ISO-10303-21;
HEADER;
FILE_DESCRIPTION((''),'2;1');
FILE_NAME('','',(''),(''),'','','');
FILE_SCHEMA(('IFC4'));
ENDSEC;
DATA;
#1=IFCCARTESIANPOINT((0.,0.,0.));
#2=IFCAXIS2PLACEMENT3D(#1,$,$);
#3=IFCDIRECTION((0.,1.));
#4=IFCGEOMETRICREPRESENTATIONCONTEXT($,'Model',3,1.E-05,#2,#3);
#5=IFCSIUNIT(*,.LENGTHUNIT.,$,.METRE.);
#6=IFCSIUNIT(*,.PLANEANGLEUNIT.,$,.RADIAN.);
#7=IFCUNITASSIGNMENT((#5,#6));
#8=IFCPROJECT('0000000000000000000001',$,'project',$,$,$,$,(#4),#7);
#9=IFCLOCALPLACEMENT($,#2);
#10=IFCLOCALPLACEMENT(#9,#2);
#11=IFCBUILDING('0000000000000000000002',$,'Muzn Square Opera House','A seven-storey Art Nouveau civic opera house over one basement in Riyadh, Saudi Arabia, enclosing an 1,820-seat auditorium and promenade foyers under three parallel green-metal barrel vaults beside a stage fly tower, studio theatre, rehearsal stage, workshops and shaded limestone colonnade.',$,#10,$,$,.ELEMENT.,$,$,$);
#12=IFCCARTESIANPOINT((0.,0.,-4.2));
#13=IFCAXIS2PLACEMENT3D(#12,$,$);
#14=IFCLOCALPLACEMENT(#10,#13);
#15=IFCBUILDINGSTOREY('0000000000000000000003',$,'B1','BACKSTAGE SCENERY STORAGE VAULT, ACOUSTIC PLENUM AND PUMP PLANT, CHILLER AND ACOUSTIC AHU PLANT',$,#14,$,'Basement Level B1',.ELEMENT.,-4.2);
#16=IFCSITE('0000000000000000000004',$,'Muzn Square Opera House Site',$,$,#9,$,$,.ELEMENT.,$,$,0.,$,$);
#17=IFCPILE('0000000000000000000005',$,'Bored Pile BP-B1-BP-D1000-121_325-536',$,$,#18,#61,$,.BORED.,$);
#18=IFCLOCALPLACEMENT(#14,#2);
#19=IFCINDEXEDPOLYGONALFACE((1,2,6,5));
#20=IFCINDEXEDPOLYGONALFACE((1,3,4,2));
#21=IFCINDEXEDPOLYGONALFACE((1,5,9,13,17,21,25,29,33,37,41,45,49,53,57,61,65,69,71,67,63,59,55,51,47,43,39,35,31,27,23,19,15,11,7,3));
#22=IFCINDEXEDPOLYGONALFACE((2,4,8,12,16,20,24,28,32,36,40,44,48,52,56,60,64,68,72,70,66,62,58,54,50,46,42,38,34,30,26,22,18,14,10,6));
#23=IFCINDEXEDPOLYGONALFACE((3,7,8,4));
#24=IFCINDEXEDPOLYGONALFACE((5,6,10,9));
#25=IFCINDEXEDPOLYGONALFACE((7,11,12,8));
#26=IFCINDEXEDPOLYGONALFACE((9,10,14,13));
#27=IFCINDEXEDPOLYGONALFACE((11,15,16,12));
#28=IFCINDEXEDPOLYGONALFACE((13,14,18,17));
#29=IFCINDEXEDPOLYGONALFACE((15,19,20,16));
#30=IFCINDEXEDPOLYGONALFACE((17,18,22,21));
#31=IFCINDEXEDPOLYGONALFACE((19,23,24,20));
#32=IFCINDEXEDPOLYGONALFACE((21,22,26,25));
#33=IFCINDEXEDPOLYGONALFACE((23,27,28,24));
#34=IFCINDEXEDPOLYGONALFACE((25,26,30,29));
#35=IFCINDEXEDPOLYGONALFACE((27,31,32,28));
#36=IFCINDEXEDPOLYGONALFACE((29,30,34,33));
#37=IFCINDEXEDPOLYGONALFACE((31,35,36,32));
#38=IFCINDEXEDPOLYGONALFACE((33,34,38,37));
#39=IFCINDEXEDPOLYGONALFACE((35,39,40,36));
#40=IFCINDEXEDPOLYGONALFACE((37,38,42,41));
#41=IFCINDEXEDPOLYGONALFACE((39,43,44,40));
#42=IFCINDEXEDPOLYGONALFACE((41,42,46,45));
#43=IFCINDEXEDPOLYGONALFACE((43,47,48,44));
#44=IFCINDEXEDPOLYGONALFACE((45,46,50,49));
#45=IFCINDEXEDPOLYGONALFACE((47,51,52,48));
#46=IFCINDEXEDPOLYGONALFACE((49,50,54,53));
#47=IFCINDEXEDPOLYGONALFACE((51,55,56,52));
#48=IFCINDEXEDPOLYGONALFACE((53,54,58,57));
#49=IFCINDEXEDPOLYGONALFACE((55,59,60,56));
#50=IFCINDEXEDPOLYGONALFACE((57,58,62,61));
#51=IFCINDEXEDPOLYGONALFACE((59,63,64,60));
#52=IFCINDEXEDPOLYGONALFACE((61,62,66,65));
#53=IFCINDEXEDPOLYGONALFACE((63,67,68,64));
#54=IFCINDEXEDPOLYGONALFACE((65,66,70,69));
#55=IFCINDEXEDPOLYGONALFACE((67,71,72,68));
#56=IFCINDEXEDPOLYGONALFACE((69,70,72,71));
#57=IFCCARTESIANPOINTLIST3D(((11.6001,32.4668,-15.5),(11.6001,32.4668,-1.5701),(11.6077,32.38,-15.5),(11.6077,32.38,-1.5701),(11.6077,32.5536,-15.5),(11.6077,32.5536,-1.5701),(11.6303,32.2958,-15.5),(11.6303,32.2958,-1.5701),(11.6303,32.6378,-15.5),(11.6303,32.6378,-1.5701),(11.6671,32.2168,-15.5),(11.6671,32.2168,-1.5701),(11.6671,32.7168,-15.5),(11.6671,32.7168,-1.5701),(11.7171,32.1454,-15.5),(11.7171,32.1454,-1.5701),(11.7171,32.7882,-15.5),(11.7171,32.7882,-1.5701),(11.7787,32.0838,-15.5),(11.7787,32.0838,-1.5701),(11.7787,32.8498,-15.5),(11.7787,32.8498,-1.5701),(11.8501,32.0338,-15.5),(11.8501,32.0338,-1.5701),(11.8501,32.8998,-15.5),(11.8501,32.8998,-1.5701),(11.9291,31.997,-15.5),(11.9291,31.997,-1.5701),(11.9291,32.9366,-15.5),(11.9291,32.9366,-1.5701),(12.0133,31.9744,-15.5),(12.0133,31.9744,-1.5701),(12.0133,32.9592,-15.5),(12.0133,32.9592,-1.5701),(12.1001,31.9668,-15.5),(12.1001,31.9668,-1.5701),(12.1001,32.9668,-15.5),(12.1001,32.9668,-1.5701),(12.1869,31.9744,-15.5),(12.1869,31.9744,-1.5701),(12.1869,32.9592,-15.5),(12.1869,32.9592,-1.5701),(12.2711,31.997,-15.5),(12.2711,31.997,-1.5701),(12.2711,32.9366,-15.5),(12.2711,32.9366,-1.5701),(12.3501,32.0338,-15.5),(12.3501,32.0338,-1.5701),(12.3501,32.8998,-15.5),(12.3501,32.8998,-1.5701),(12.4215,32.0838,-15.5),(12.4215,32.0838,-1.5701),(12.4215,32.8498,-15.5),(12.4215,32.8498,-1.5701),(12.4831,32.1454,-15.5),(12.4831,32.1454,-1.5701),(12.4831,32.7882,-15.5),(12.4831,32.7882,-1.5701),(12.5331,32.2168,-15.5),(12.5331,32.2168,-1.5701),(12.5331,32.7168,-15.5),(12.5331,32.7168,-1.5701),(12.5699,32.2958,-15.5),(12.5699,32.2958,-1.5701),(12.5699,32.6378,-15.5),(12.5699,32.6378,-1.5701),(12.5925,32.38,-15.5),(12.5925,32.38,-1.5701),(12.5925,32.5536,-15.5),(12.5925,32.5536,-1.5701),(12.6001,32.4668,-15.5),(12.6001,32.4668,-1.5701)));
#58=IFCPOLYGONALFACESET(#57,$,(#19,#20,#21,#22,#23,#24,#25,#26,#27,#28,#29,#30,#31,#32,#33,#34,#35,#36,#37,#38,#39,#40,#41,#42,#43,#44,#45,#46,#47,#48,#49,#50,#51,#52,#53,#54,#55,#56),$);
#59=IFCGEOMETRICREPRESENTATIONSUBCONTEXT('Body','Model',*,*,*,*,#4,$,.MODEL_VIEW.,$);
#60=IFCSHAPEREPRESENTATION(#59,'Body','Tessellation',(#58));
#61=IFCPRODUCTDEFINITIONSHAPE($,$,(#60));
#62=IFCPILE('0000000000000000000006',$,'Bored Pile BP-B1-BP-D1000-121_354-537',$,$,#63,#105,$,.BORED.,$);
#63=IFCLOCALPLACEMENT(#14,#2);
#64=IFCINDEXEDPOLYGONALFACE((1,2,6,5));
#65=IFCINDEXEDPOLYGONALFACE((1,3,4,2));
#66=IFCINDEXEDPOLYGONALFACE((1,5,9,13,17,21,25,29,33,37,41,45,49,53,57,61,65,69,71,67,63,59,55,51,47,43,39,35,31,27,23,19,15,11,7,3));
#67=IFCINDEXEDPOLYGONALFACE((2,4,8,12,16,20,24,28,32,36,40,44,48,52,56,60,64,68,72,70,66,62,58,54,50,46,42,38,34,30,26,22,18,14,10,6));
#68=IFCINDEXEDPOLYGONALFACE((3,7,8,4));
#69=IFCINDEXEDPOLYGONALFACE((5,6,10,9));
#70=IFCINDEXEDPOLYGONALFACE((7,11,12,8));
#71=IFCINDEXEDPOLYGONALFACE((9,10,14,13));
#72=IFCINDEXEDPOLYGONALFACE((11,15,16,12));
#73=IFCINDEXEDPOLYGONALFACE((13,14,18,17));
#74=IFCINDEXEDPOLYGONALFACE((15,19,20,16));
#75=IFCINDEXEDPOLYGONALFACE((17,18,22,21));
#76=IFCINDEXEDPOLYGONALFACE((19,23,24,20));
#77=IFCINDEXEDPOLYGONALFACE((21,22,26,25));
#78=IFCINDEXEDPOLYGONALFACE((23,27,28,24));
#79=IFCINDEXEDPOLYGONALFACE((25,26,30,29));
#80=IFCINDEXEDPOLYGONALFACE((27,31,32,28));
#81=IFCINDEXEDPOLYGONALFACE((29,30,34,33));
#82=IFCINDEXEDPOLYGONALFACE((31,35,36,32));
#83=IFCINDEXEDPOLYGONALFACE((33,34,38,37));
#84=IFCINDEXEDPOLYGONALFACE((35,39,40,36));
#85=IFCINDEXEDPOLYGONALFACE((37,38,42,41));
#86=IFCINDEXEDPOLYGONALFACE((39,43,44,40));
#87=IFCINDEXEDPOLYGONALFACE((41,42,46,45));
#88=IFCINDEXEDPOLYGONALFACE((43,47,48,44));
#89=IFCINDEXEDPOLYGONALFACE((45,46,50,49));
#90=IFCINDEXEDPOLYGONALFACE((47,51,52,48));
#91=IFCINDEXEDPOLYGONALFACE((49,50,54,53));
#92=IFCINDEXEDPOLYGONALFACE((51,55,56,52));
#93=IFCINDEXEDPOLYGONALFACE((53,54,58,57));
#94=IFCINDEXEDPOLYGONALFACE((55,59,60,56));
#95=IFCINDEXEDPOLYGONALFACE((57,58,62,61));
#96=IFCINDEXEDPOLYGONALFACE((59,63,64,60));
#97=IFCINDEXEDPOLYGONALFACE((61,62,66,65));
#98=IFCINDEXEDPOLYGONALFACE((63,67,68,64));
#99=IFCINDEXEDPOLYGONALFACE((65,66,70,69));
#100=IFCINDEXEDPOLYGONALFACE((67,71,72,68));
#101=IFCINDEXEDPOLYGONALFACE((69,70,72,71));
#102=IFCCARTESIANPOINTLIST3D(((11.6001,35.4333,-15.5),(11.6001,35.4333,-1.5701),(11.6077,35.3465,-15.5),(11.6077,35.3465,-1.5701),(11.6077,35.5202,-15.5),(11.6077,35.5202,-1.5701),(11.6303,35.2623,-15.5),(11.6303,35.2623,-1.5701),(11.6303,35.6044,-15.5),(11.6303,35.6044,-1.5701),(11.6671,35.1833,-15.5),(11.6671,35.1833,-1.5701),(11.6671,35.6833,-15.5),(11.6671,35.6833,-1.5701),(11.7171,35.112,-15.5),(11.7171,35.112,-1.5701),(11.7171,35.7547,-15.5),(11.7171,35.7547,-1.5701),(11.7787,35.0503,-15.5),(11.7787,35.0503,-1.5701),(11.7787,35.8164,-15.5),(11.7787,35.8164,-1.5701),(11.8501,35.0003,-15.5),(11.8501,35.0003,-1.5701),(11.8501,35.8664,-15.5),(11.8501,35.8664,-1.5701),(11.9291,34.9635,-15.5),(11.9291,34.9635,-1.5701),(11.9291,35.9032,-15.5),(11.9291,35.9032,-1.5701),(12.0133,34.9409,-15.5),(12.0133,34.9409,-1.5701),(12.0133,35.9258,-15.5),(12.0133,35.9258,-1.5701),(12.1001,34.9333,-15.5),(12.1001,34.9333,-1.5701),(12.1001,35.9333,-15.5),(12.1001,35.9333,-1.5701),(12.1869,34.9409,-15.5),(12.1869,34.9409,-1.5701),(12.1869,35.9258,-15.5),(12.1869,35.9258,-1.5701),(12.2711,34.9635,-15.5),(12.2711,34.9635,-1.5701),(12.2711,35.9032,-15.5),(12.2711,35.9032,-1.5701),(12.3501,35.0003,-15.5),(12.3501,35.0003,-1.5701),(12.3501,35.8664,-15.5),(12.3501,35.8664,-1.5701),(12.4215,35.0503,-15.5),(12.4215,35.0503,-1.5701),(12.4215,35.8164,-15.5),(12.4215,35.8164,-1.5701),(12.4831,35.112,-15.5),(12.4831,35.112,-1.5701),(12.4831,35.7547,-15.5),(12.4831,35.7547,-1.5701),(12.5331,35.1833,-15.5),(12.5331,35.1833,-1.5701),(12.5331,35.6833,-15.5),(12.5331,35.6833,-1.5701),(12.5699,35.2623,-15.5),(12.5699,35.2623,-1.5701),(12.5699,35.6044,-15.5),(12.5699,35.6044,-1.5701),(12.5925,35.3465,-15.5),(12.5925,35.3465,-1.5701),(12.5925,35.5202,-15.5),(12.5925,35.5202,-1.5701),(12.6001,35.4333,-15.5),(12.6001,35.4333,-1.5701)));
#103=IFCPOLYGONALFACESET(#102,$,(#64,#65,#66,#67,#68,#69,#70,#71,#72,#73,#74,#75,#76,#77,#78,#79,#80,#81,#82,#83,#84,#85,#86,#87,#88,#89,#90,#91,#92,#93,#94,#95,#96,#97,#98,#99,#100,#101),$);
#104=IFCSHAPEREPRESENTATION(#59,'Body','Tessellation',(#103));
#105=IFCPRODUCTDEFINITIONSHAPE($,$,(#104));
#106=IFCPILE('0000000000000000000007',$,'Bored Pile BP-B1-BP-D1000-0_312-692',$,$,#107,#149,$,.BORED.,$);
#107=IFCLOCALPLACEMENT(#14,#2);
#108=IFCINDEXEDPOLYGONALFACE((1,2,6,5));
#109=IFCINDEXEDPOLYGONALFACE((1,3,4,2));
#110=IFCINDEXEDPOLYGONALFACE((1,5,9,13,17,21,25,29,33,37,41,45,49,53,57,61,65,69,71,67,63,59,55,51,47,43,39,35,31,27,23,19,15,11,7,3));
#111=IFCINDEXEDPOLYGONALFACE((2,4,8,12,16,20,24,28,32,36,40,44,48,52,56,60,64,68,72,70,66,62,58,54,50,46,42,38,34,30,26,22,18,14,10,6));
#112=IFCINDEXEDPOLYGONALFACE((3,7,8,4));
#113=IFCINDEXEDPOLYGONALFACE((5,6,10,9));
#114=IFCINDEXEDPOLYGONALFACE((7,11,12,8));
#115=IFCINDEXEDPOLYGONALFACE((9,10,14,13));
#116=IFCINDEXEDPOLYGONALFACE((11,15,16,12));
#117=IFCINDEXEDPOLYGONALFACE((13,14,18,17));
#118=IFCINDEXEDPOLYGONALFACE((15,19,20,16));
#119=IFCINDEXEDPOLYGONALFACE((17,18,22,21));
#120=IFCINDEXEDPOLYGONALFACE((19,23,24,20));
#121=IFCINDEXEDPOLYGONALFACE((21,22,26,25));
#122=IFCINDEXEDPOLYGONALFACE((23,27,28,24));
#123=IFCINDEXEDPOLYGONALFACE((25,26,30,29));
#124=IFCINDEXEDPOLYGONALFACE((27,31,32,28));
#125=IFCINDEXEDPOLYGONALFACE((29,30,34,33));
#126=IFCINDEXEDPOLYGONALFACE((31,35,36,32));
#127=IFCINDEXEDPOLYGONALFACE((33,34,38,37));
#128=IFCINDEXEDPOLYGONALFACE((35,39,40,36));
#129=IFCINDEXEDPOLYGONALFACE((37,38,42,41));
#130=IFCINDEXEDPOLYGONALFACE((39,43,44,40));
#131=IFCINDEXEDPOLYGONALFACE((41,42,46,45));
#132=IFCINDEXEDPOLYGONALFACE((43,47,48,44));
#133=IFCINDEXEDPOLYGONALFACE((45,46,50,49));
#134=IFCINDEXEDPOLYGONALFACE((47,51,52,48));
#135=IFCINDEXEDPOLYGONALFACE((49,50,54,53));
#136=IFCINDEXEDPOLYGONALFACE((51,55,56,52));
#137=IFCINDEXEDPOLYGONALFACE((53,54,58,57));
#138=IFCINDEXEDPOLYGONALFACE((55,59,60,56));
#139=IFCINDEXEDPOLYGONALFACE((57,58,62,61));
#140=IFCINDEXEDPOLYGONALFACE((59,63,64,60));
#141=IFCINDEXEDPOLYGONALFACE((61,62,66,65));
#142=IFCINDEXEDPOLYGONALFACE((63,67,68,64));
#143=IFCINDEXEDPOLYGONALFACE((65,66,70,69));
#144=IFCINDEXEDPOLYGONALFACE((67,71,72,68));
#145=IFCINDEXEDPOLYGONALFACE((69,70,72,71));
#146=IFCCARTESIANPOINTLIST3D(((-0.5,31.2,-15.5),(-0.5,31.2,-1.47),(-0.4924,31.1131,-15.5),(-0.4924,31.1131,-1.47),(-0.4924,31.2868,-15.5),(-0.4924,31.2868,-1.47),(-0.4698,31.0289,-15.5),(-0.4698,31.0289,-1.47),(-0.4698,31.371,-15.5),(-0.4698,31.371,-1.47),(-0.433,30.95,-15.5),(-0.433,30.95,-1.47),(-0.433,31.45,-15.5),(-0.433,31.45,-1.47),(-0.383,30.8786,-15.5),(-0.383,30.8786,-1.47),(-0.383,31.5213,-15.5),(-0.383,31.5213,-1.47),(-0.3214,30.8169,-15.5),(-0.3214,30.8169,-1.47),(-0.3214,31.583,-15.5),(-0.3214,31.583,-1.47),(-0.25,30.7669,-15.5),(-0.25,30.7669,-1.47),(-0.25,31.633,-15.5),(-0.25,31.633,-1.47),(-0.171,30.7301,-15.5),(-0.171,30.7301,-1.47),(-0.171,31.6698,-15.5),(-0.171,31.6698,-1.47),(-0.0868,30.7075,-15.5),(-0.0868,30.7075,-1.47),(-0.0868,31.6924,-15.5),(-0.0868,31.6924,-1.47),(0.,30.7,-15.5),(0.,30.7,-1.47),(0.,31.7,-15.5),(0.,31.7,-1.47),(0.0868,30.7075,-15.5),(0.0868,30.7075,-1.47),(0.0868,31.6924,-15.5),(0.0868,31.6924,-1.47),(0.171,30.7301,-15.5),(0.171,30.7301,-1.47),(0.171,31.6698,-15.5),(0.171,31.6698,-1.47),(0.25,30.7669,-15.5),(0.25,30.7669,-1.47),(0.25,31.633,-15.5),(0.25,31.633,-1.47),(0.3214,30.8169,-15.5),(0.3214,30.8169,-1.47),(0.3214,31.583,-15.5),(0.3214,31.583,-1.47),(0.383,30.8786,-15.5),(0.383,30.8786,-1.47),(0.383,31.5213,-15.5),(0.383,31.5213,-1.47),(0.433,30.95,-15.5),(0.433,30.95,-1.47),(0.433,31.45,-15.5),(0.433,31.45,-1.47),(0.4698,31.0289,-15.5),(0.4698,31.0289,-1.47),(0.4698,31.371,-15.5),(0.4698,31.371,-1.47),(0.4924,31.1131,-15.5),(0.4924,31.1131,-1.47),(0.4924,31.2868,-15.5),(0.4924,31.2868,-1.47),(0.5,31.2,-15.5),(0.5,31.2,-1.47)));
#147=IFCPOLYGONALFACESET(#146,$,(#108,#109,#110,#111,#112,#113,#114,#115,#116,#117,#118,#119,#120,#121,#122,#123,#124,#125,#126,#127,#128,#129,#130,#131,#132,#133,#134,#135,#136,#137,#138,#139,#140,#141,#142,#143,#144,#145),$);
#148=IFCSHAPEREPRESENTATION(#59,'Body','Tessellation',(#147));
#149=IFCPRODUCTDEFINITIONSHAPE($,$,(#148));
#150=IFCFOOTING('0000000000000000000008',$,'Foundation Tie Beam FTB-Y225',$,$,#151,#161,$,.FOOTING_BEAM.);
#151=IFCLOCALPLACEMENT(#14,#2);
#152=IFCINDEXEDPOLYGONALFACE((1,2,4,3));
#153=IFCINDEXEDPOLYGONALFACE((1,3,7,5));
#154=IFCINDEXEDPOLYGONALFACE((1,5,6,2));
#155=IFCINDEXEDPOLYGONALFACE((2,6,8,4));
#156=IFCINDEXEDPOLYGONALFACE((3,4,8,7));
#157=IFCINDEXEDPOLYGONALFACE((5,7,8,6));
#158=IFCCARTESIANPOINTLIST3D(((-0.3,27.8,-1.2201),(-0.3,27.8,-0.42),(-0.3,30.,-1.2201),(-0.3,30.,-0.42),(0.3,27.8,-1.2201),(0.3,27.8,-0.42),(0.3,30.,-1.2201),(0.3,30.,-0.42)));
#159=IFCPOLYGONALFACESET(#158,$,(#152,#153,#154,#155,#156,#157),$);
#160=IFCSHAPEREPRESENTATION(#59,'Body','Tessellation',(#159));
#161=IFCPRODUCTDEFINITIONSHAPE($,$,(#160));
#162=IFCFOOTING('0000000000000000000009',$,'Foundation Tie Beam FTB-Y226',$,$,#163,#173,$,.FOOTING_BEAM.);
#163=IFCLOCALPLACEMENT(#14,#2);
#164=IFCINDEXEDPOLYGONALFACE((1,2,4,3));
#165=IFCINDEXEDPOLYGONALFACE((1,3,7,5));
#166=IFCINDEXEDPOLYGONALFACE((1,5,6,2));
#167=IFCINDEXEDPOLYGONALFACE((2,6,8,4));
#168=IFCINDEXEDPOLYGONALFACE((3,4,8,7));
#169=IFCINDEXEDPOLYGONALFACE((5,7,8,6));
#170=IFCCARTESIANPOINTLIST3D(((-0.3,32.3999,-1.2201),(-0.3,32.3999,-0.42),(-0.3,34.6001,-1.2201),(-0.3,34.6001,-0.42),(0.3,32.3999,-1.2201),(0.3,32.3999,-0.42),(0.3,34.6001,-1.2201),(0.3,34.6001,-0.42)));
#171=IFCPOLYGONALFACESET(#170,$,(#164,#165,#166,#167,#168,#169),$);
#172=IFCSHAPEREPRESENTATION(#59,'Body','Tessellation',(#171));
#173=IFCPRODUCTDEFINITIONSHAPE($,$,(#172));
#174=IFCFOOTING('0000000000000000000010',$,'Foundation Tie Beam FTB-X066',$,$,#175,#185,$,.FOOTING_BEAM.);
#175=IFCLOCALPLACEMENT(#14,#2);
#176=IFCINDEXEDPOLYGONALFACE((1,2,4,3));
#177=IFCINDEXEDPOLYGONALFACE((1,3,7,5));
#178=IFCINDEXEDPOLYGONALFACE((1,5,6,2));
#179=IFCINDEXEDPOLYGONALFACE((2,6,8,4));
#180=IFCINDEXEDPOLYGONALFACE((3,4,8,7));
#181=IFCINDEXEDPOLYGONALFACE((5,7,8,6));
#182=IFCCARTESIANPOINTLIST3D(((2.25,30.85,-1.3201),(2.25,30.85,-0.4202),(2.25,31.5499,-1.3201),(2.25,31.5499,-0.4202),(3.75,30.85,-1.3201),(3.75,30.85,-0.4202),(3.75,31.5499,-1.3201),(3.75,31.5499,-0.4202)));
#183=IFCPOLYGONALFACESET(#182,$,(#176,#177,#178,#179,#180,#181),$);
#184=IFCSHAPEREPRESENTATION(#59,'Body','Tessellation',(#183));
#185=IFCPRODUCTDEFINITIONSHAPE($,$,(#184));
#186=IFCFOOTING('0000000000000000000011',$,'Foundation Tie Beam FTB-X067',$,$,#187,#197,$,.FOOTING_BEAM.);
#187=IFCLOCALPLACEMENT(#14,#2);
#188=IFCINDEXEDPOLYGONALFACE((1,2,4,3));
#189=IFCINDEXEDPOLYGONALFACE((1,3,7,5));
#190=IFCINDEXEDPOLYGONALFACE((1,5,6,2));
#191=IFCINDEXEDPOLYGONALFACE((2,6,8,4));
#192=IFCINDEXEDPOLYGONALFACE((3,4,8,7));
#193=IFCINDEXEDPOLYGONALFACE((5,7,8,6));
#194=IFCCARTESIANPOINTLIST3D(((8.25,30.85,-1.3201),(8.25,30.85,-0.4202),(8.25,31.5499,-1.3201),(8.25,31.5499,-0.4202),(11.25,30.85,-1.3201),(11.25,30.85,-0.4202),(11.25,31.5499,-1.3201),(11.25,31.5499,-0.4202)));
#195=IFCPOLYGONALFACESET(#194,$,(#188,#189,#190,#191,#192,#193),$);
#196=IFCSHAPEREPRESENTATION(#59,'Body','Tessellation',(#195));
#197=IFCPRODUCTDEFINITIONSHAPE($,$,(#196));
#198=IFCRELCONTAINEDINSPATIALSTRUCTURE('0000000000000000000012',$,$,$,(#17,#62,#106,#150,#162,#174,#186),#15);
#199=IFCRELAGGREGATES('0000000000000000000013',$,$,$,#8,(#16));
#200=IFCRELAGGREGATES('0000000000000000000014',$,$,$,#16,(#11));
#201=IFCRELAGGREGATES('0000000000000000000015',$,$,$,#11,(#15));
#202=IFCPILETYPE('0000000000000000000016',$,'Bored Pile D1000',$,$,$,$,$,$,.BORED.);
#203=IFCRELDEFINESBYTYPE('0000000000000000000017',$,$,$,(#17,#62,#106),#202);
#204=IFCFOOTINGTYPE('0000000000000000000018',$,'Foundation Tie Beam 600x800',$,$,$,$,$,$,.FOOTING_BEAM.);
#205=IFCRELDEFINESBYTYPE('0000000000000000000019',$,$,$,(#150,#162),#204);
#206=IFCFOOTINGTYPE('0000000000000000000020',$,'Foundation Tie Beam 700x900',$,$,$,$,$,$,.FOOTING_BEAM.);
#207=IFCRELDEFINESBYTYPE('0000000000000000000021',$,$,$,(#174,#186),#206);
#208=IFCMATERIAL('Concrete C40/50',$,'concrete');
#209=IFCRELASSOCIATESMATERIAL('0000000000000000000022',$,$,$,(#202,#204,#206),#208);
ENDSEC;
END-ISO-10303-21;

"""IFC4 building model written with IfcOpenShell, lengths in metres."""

from ifc_helpers import new_model, si_unit, direction, frame, origin, origin_2d, place, context, subcontext, project, spatial, rectangle, circle, extrude, material, material_profile, profile_set, type_object, element, save


model = new_model("IFC4")

# Units and contexts
model_context = context("Model", 3, precision=1e-05, world=origin(), true_north=direction((0.0, 1.0)))
body_context = subcontext(model_context, "Body", "Model", "MODEL_VIEW")
ifc_project = project(units=[si_unit("LENGTHUNIT", "METRE"), si_unit("PLANEANGLEUNIT", "RADIAN")], contexts=[model_context])

# Site, building, storey
site_placement = place(None, origin())
site = spatial("IfcSite", under=ifc_project, at=site_placement, Name="Muzn Square Opera House Site", CompositionType="ELEMENT", RefElevation=0.0)
building_placement = place(site_placement, origin())
building = spatial("IfcBuilding", under=site, at=building_placement, Name="Muzn Square Opera House", Description="A seven-storey Art Nouveau civic opera house over one basement in Riyadh, Saudi Arabia, enclosing an 1,820-seat auditorium and promenade foyers under three parallel green-metal barrel vaults beside a stage fly tower, studio theatre, rehearsal stage, workshops and shaded limestone colonnade.", CompositionType="ELEMENT")
storey_placement = place(building_placement, frame((0.0, 0.0, -4.2)))
storey = spatial("IfcBuildingStorey", under=building, at=storey_placement, Name="B1", Description="BACKSTAGE SCENERY STORAGE VAULT, ACOUSTIC PLENUM AND PUMP PLANT, CHILLER AND ACOUSTIC AHU PLANT", LongName="Basement Level B1", CompositionType="ELEMENT", Elevation=-4.2)

# Piles
ifc_material_1 = material(Name="Concrete C40/50", Category="concrete")
ifc_material_profile_1 = material_profile(ifc_material_1, circle(Radius=0.5, at=origin_2d()), Name="BORED PILE D1000", Category="concrete")
ifc_profile_set_1 = profile_set([ifc_material_profile_1], Name="Concrete C40/50")
pile_type = type_object("IfcPileType", Name="Bored Pile D1000", PredefinedType="BORED", material=ifc_profile_set_1)
for number, where, z_axis, x_axis, name in (
    (1, (12.1001, 32.4668, -1.5701), (0.0, 0.0, -1.0), (1.0, 0.0, 0.0), "Bored Pile BP-B1-BP-D1000-121_325-536"),
    (2, (12.1001, 35.4333, -1.5701), (0.0, 0.0, -1.0), (1.0, 0.0, 0.0), "Bored Pile BP-B1-BP-D1000-121_354-537"),
):
    element("IfcPile", number, at=place(storey_placement, frame(where, z_axis=z_axis, x_axis=x_axis)), inside=storey, type_object=pile_type, Name=name, PredefinedType="BORED", context=body_context, shape_type="SweptSolid", body=[
        extrude(circle(Radius=0.5, at=origin_2d()), origin(), (0.0, 0.0, 1.0), 13.9299),
    ])
pile_placement = place(storey_placement, frame((0.0, 31.2, -1.47), z_axis=(0.0, 0.0, -1.0), x_axis=(1.0, 0.0, 0.0)))
element("IfcPile", 3, at=pile_placement, inside=storey, type_object=pile_type, Name="Bored Pile BP-B1-BP-D1000-0_312-692", PredefinedType="BORED", context=body_context, shape_type="SweptSolid", body=[
    extrude(circle(Radius=0.5, at=origin_2d()), origin(), (0.0, 0.0, 1.0), 14.03),
])

# Footings
ifc_material_profile_2 = material_profile(ifc_material_1, rectangle(XDim=0.6001, YDim=0.8, at=origin_2d()), Name="RCTB 600x800", Category="concrete")
ifc_profile_set_2 = profile_set([ifc_material_profile_2], Name="Concrete C40/50")
footing_type_1 = type_object("IfcFootingType", Name="Foundation Tie Beam 600x800", PredefinedType="FOOTING_BEAM", material=ifc_profile_set_2)
footing_1_placement = place(storey_placement, frame((0.0, 27.8, -0.8201), z_axis=(0.0, 1.0, 0.0), x_axis=(-1.0, 0.0, 0.0)))
element("IfcFooting", 4, at=footing_1_placement, inside=storey, type_object=footing_type_1, Name="Foundation Tie Beam FTB-Y225", PredefinedType="FOOTING_BEAM", context=body_context, shape_type="SweptSolid", body=[
    extrude(rectangle(XDim=0.6001, YDim=0.8, at=origin_2d()), origin(), (0.0, 0.0, 1.0), 2.2),
])
footing_2_placement = place(storey_placement, frame((0.0, 32.3999, -0.8201), z_axis=(0.0, 1.0, 0.0), x_axis=(-1.0, 0.0, 0.0)))
element("IfcFooting", 5, at=footing_2_placement, inside=storey, type_object=footing_type_1, Name="Foundation Tie Beam FTB-Y226", PredefinedType="FOOTING_BEAM", context=body_context, shape_type="SweptSolid", body=[
    extrude(rectangle(XDim=0.6001, YDim=0.8, at=origin_2d()), origin(), (0.0, 0.0, 1.0), 2.2002),
])
ifc_material_profile_3 = material_profile(ifc_material_1, rectangle(XDim=0.7, YDim=0.8999, at=origin_2d()), Name="RCTB 700x900", Category="concrete")
ifc_profile_set_3 = profile_set([ifc_material_profile_3], Name="Concrete C40/50")
footing_type_2 = type_object("IfcFootingType", Name="Foundation Tie Beam 700x900", PredefinedType="FOOTING_BEAM", material=ifc_profile_set_3)
footing_3_placement = place(storey_placement, frame((2.25, 31.2, -0.8701), z_axis=(1.0, 0.0, 0.0), x_axis=(0.0, 1.0, 0.0)))
element("IfcFooting", 6, at=footing_3_placement, inside=storey, type_object=footing_type_2, Name="Foundation Tie Beam FTB-X066", PredefinedType="FOOTING_BEAM", context=body_context, shape_type="SweptSolid", body=[
    extrude(rectangle(XDim=0.7, YDim=0.8999, at=origin_2d()), origin(), (0.0, 0.0, 1.0), 1.5),
])
footing_4_placement = place(storey_placement, frame((8.25, 31.2, -0.8701), z_axis=(1.0, 0.0, 0.0), x_axis=(0.0, 1.0, 0.0)))
element("IfcFooting", 7, at=footing_4_placement, inside=storey, type_object=footing_type_2, Name="Foundation Tie Beam FTB-X067", PredefinedType="FOOTING_BEAM", context=body_context, shape_type="SweptSolid", body=[
    extrude(rectangle(XDim=0.7, YDim=0.8999, at=origin_2d()), origin(), (0.0, 0.0, 1.0), 3.0),
])

save(model, "model.ifc")
